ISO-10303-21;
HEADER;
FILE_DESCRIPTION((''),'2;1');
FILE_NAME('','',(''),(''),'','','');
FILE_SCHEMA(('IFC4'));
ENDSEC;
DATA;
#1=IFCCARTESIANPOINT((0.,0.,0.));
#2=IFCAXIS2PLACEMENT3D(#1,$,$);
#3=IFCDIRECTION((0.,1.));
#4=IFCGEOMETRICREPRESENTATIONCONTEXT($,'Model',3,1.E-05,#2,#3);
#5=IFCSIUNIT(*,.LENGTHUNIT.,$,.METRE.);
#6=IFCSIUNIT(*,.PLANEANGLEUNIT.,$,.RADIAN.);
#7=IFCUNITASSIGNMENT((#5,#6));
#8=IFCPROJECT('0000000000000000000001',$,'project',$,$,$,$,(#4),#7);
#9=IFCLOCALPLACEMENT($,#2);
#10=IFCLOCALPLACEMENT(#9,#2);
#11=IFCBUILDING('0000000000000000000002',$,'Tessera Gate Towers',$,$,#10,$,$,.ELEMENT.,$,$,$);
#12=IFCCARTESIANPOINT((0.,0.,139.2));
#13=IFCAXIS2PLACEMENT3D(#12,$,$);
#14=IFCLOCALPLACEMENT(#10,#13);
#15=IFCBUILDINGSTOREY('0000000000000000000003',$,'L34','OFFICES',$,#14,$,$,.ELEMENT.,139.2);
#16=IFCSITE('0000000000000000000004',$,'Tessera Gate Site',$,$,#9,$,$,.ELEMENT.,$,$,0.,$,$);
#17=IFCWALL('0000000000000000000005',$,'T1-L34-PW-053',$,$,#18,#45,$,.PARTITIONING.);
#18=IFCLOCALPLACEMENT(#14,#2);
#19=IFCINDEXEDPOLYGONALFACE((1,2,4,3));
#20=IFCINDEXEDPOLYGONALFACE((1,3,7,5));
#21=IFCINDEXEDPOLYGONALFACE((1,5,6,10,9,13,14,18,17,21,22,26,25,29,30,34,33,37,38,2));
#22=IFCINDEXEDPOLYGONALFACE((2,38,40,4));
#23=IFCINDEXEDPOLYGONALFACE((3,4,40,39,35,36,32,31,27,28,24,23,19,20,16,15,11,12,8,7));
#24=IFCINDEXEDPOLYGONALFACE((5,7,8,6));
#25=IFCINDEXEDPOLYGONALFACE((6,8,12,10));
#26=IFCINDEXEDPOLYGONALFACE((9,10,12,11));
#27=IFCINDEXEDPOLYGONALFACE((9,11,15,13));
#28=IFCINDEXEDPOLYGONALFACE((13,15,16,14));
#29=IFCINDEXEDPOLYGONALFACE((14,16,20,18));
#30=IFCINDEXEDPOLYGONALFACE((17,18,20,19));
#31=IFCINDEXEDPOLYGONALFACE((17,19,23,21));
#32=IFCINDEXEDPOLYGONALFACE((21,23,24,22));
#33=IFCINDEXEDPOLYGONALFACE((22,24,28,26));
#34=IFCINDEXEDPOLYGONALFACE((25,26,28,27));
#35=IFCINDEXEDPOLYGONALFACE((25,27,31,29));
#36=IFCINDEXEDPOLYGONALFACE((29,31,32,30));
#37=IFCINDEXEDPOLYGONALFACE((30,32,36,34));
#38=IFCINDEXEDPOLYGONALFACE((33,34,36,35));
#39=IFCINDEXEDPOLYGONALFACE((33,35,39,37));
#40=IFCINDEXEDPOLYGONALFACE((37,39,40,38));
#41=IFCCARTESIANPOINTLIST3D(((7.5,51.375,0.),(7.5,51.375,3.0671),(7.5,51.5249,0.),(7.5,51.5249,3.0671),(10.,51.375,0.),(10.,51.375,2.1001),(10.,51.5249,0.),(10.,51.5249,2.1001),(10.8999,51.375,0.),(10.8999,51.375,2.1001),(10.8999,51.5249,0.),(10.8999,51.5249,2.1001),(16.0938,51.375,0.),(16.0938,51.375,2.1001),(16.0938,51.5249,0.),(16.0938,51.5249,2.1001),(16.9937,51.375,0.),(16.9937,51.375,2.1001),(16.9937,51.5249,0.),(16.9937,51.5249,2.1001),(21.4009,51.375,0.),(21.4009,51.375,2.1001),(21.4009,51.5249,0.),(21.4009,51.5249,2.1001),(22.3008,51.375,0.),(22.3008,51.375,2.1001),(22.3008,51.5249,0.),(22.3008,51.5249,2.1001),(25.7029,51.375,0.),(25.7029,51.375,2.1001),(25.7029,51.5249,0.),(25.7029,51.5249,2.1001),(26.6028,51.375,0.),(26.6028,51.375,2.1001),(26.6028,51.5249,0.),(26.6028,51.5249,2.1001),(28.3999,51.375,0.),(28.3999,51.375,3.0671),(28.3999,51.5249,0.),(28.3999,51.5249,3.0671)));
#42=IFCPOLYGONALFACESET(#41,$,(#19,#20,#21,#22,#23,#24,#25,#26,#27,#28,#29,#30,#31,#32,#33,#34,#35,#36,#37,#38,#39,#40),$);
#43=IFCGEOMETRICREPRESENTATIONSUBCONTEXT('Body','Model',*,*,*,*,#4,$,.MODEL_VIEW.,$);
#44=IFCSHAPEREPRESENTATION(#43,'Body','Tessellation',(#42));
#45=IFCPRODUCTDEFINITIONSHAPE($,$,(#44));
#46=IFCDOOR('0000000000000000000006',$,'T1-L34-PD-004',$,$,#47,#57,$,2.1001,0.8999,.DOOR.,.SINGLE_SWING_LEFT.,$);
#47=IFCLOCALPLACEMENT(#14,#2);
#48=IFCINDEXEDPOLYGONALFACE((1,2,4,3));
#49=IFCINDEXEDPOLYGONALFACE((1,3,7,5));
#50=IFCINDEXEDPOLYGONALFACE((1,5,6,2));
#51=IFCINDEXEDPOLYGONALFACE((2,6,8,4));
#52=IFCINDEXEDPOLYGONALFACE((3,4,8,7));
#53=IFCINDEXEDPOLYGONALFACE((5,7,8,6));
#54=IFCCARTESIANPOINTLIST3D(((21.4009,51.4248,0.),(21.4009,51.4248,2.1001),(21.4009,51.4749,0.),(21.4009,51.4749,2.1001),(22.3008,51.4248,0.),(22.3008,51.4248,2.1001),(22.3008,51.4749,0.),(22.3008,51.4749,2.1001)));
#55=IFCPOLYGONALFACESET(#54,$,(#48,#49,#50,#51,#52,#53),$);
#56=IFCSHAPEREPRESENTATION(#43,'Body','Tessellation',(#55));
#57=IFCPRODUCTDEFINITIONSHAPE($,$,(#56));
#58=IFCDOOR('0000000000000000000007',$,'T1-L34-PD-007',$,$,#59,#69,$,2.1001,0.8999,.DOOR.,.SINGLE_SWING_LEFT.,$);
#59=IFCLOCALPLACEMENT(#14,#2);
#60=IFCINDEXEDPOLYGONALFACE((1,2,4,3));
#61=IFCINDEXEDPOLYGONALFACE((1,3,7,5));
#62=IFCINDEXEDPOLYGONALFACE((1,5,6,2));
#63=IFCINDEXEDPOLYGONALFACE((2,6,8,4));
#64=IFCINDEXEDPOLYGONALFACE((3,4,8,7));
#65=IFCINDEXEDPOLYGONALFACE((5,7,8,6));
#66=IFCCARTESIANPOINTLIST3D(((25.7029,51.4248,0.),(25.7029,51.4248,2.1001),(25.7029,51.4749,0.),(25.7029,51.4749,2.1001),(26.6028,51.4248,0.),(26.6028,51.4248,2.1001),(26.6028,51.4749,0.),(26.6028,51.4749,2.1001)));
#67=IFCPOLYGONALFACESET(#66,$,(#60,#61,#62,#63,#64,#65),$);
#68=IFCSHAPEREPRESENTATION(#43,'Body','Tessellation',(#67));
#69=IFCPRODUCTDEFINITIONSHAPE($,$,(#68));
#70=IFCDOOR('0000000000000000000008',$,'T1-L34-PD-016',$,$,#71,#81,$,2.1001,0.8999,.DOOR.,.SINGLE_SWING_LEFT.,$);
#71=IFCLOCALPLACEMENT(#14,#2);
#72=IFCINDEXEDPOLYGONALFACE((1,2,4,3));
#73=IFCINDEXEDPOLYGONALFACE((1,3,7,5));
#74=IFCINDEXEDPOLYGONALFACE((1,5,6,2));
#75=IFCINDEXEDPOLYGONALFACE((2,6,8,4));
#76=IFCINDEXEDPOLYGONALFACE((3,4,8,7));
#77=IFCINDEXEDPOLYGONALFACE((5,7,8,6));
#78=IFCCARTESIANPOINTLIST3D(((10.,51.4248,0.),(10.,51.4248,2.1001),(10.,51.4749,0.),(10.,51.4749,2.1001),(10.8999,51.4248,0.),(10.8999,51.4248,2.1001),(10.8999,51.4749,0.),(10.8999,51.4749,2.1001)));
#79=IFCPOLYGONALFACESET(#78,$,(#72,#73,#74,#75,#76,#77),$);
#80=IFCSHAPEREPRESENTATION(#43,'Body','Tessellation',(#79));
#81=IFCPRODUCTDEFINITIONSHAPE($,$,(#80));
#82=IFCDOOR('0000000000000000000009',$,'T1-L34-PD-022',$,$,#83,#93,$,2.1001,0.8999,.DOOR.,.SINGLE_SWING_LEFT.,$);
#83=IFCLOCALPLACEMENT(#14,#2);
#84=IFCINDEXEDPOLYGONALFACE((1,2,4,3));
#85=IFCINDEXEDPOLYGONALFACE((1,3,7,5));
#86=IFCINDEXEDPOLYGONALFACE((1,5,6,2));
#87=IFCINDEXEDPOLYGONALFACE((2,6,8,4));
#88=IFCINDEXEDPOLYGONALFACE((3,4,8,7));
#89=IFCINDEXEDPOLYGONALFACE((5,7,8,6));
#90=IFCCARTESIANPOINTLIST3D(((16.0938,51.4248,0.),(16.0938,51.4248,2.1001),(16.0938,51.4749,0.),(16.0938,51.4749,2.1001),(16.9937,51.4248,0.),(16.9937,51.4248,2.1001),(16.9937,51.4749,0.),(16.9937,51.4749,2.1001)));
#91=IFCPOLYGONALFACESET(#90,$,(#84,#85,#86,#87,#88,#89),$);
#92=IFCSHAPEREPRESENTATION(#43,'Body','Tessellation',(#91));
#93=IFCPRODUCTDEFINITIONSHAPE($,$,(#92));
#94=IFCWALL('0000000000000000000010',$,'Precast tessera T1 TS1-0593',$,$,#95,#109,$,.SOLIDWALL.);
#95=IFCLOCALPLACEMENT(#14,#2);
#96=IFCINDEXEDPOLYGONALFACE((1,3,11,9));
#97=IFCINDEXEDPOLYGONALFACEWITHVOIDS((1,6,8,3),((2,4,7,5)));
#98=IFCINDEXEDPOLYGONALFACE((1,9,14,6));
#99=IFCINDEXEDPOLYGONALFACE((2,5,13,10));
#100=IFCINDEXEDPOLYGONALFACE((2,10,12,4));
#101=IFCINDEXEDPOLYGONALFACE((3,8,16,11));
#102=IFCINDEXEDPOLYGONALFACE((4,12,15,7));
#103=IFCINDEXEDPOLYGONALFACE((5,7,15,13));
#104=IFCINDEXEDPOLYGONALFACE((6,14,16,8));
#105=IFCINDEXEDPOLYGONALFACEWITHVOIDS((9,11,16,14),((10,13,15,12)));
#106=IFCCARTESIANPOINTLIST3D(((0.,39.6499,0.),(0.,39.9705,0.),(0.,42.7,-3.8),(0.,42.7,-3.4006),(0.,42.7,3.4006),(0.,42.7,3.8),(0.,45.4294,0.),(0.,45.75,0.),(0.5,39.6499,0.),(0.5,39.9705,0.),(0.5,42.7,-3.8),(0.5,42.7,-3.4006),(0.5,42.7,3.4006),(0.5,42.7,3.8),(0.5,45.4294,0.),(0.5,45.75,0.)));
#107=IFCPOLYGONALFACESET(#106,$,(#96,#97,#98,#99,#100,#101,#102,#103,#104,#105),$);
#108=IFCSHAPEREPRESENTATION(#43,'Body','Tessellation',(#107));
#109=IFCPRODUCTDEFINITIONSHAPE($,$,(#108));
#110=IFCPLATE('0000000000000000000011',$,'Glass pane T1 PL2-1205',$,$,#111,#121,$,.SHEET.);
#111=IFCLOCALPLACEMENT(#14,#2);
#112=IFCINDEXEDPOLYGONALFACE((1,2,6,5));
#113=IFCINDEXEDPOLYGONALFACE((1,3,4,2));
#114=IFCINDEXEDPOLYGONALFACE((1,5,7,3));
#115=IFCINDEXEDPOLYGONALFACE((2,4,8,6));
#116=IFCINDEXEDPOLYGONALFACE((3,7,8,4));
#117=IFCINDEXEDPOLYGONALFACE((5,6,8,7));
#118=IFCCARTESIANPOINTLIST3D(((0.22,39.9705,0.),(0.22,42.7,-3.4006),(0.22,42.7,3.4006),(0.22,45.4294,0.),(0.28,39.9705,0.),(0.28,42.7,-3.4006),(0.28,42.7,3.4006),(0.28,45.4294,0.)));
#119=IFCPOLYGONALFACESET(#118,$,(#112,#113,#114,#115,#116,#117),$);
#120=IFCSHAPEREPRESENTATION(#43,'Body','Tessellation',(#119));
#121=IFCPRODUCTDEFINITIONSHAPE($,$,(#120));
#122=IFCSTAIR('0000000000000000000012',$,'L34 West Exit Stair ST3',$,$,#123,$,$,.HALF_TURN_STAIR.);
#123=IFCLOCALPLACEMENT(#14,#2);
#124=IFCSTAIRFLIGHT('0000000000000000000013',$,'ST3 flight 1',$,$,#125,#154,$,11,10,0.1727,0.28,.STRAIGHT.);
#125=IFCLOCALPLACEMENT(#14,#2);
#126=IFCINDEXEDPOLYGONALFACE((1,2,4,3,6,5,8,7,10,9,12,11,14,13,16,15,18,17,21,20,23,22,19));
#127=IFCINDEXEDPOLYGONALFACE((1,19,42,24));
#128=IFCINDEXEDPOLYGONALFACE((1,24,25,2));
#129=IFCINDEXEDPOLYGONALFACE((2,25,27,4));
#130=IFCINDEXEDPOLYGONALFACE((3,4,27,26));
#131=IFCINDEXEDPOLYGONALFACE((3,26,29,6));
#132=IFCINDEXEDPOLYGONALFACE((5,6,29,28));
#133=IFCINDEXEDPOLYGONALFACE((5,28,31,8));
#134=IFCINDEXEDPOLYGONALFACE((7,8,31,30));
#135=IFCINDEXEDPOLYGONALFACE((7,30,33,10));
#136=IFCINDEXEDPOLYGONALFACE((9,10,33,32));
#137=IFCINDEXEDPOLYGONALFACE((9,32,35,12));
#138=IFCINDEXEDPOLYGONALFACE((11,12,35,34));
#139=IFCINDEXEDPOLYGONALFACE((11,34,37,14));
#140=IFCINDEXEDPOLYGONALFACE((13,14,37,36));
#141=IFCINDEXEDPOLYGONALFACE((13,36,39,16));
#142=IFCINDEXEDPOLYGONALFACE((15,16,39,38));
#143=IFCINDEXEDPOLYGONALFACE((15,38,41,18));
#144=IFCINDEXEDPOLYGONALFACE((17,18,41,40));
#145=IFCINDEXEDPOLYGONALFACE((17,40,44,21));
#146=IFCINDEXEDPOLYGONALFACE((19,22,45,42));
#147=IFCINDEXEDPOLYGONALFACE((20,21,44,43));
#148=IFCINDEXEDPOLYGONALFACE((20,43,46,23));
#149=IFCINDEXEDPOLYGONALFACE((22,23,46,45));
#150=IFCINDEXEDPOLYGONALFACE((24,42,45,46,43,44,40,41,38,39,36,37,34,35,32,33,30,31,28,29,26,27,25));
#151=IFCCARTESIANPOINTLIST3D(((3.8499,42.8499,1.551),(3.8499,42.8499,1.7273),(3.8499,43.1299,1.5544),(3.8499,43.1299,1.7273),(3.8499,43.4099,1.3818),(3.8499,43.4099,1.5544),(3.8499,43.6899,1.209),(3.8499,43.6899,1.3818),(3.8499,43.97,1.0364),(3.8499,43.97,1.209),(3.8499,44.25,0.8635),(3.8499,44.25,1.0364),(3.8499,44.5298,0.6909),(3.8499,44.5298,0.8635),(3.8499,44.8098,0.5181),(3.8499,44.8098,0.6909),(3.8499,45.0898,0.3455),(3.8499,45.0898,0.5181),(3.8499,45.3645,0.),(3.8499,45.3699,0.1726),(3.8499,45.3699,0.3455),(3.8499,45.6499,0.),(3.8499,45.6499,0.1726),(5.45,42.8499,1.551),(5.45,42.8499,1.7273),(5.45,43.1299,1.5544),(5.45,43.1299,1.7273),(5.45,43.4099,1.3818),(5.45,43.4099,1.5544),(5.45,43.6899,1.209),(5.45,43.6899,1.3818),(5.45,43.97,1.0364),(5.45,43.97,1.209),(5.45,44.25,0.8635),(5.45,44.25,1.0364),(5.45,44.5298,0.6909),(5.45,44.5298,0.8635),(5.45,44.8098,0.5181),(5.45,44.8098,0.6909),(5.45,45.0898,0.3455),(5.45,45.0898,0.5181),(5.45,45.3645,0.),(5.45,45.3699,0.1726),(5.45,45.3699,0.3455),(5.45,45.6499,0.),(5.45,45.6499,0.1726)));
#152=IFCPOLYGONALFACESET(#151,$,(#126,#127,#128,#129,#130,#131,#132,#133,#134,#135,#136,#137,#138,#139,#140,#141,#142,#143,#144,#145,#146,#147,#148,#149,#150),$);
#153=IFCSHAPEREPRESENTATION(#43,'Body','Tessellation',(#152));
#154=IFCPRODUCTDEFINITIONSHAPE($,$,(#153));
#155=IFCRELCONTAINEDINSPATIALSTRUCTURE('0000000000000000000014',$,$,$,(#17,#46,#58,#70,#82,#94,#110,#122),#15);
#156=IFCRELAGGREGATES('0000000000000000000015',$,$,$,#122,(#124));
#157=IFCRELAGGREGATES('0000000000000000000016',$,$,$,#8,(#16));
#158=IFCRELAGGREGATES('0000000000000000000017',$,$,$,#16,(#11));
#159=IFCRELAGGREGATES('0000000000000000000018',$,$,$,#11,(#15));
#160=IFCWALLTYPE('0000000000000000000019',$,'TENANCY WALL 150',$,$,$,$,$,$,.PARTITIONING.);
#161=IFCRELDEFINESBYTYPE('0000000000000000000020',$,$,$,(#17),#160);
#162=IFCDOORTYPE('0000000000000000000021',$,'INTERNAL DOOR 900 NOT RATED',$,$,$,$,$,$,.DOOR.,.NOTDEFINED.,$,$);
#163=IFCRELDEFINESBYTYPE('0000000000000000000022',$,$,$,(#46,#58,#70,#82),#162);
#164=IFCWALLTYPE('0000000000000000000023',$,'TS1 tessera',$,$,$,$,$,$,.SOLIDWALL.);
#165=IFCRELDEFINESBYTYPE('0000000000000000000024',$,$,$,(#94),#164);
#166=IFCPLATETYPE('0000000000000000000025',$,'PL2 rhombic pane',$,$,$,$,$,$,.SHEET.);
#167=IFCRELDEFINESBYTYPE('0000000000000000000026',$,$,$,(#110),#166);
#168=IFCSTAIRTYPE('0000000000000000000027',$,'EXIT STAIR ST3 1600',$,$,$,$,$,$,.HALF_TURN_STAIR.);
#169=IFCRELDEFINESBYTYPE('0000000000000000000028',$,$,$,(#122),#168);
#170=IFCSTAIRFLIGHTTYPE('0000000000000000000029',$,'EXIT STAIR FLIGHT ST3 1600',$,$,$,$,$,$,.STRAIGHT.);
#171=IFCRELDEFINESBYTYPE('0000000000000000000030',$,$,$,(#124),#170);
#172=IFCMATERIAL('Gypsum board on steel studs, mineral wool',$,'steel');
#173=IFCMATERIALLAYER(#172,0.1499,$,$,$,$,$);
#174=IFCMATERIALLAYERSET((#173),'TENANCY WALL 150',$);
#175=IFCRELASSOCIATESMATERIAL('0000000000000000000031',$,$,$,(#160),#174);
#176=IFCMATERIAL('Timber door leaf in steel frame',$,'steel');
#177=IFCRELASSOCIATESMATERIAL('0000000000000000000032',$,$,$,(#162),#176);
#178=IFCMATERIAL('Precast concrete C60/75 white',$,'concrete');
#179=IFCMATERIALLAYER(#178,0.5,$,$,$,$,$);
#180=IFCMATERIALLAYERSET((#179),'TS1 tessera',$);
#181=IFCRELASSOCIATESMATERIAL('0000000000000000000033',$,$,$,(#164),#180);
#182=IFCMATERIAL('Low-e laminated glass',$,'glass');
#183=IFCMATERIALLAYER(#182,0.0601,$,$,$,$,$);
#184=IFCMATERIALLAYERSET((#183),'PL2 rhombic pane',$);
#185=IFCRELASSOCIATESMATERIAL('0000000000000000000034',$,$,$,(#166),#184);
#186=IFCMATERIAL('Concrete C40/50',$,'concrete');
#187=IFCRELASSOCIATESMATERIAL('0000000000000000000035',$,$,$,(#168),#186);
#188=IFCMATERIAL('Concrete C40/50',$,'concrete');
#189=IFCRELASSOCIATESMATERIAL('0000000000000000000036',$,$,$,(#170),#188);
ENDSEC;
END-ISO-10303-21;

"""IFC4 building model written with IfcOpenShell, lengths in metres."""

from ifc_helpers import new_model, si_unit, direction, frame, frame_2d, origin, place, context, subcontext, project, spatial, polyline, rectangle, outline, extrude, source, transform, mapped, material, layer, layer_set, type_object, element, fill, aggregate, save


model = new_model("IFC4")

# Units and contexts
model_context = context("Model", 3, precision=1e-05, world=origin(), true_north=direction((0.0, 1.0)))
body_context = subcontext(model_context, "Body", "Model", "MODEL_VIEW")
ifc_project = project(units=[si_unit("LENGTHUNIT", "METRE"), si_unit("PLANEANGLEUNIT", "RADIAN")], contexts=[model_context])

# Site, building, storey
site_placement = place(None, origin())
site = spatial("IfcSite", under=ifc_project, at=site_placement, Name="Tessera Gate Site", CompositionType="ELEMENT", RefElevation=0.0)
building_placement = place(site_placement, origin())
building = spatial("IfcBuilding", under=site, at=building_placement, Name="Tessera Gate Towers", CompositionType="ELEMENT")
storey_placement = place(building_placement, frame((0.0, 0.0, 139.2)))
storey = spatial("IfcBuildingStorey", under=building, at=storey_placement, Name="L34", Description="OFFICES", CompositionType="ELEMENT", Elevation=139.2)

# Wall, openings, doors
ifc_material_1 = material(Name="Gypsum board on steel studs, mineral wool", Category="steel")
ifc_layer_1 = layer(ifc_material_1, 0.1499)
ifc_layer_set_1 = layer_set([ifc_layer_1], Name="TENANCY WALL 150")
wall_type_1 = type_object("IfcWallType", Name="TENANCY WALL 150", PredefinedType="PARTITIONING", material=ifc_layer_set_1)
wall_1_placement = place(storey_placement, frame((7.5, 51.45, 0.0), z_axis=(0.0, 0.0, 1.0), x_axis=(1.0, 0.0, 0.0)))
wall_1 = element("IfcWall", 1, at=wall_1_placement, inside=storey, type_object=wall_type_1, Name="T1-L34-PW-053", PredefinedType="PARTITIONING", context=body_context, shape_type="SweptSolid", body=[
    extrude(rectangle(XDim=20.8999, YDim=0.1499, at=frame_2d((10.45, 0.0))), origin(), (0.0, 0.0, 1.0), 3.0671),
])
shared_shape_1 = source(origin(), body_context, "Body", "SweptSolid", [
    extrude(rectangle(XDim=0.8999, YDim=2.1001, at=frame_2d((0.45, 1.05))), frame((0.0, 0.085, 0.0), z_axis=(0.0, -1.0, 0.0), x_axis=(1.0, 0.0, 0.0)), (0.0, 0.0, 1.0), 0.1699),
])
opening_1_placement = place(wall_1_placement, frame((13.9009, 0.0, 0.0)))
opening_1 = element("IfcOpeningElement", 2, at=opening_1_placement, cuts=wall_1, PredefinedType="OPENING", context=body_context, shape_type="MappedRepresentation", body=[
    mapped(shared_shape_1, transform((0.0, 0.0, 0.0), scale=1.0)),
])
opening_2_placement = place(wall_1_placement, frame((18.2029, 0.0, 0.0)))
opening_2 = element("IfcOpeningElement", 3, at=opening_2_placement, cuts=wall_1, PredefinedType="OPENING", context=body_context, shape_type="MappedRepresentation", body=[
    mapped(shared_shape_1, transform((0.0, 0.0, 0.0), scale=1.0)),
])
opening_3_placement = place(wall_1_placement, frame((2.5, 0.0, 0.0)))
opening_3 = element("IfcOpeningElement", 4, at=opening_3_placement, cuts=wall_1, PredefinedType="OPENING", context=body_context, shape_type="MappedRepresentation", body=[
    mapped(shared_shape_1, transform((0.0, 0.0, 0.0), scale=1.0)),
])
opening_4_placement = place(wall_1_placement, frame((8.5938, 0.0, 0.0)))
opening_4 = element("IfcOpeningElement", 5, at=opening_4_placement, cuts=wall_1, PredefinedType="OPENING", context=body_context, shape_type="MappedRepresentation", body=[
    mapped(shared_shape_1, transform((0.0, 0.0, 0.0), scale=1.0)),
])
ifc_material_2 = material(Name="Timber door leaf in steel frame", Category="steel")
door_type_1 = type_object("IfcDoorType", Name="INTERNAL DOOR 900 NOT RATED", OperationType="NOTDEFINED", PredefinedType="DOOR", material=ifc_material_2)
shared_shape_2 = source(origin(), body_context, "Body", "SweptSolid", [
    extrude(rectangle(XDim=0.8999, YDim=2.1001, at=frame_2d((0.45, 1.05))), frame((0.0, 0.0249, 0.0), z_axis=(0.0, -1.0, 0.0), x_axis=(1.0, 0.0, 0.0)), (0.0, 0.0, 1.0), 0.05),
])
door_1_placement = place(opening_1_placement, origin())
door_1 = element("IfcDoor", 6, at=door_1_placement, inside=storey, type_object=door_type_1, Name="T1-L34-PD-004", OperationType="SINGLE_SWING_LEFT", OverallHeight=2.1001, OverallWidth=0.8999, PredefinedType="DOOR", context=body_context, shape_type="MappedRepresentation", body=[
    mapped(shared_shape_2, transform((0.0, 0.0, 0.0), scale=1.0)),
])
fill(opening_1, door_1)
door_2_placement = place(opening_2_placement, origin())
door_2 = element("IfcDoor", 7, at=door_2_placement, inside=storey, type_object=door_type_1, Name="T1-L34-PD-007", OperationType="SINGLE_SWING_LEFT", OverallHeight=2.1001, OverallWidth=0.8999, PredefinedType="DOOR", context=body_context, shape_type="MappedRepresentation", body=[
    mapped(shared_shape_2, transform((0.0, 0.0, 0.0), scale=1.0)),
])
fill(opening_2, door_2)
door_3_placement = place(opening_3_placement, origin())
door_3 = element("IfcDoor", 8, at=door_3_placement, inside=storey, type_object=door_type_1, Name="T1-L34-PD-016", OperationType="SINGLE_SWING_LEFT", OverallHeight=2.1001, OverallWidth=0.8999, PredefinedType="DOOR", context=body_context, shape_type="MappedRepresentation", body=[
    mapped(shared_shape_2, transform((0.0, 0.0, 0.0), scale=1.0)),
])
fill(opening_3, door_3)
door_4_placement = place(opening_4_placement, origin())
door_4 = element("IfcDoor", 9, at=door_4_placement, inside=storey, type_object=door_type_1, Name="T1-L34-PD-022", OperationType="SINGLE_SWING_LEFT", OverallHeight=2.1001, OverallWidth=0.8999, PredefinedType="DOOR", context=body_context, shape_type="MappedRepresentation", body=[
    mapped(shared_shape_2, transform((0.0, 0.0, 0.0), scale=1.0)),
])
fill(opening_4, door_4)

# Wall, opening, plate
ifc_material_3 = material(Name="Precast concrete C60/75 white", Category="concrete")
ifc_layer_2 = layer(ifc_material_3, 0.5)
ifc_layer_set_2 = layer_set([ifc_layer_2], Name="TS1 tessera")
wall_type_2 = type_object("IfcWallType", Name="TS1 tessera", PredefinedType="SOLIDWALL", material=ifc_layer_set_2)
shared_shape_3 = source(origin(), body_context, "Body", "SweptSolid", [
    extrude(outline(polyline([(3.05, 0.0), (6.1001, 3.8), (3.05, 7.6001), (0.0, 3.8), (3.05, 0.0)])), frame((0.0, 0.25, 0.0), z_axis=(0.0, -1.0, 0.0), x_axis=(1.0, 0.0, 0.0)), (0.0, 0.0, 1.0), 0.5),
])
wall_2_placement = place(storey_placement, frame((0.25, 45.75, -3.8), z_axis=(0.0, 0.0, 1.0), x_axis=(0.0, -1.0, 0.0)))
wall_2 = element("IfcWall", 10, at=wall_2_placement, inside=storey, type_object=wall_type_2, Name="Precast tessera T1 TS1-0593", PredefinedType="SOLIDWALL", context=body_context, shape_type="MappedRepresentation", body=[
    mapped(shared_shape_3, transform((0.0, 0.0, 0.0), scale=1.0)),
])
shared_shape_4 = source(origin(), body_context, "Body", "SweptSolid", [
    extrude(outline(polyline([(3.05, 0.3994), (5.7795, 3.8), (3.05, 7.2007), (0.3206, 3.8), (3.05, 0.3994)])), frame((0.0, 0.26, 0.0), z_axis=(0.0, -1.0, 0.0), x_axis=(1.0, 0.0, 0.0)), (0.0, 0.0, 1.0), 0.52),
])
opening_5_placement = place(wall_2_placement, origin())
opening_5 = element("IfcOpeningElement", 11, at=opening_5_placement, cuts=wall_2, PredefinedType="OPENING", context=body_context, shape_type="MappedRepresentation", body=[
    mapped(shared_shape_4, transform((0.0, 0.0, 0.0), scale=1.0)),
])
ifc_material_4 = material(Name="Low-e laminated glass", Category="glass")
ifc_layer_3 = layer(ifc_material_4, 0.0601)
ifc_layer_set_3 = layer_set([ifc_layer_3], Name="PL2 rhombic pane")
plate_type = type_object("IfcPlateType", Name="PL2 rhombic pane", PredefinedType="SHEET", material=ifc_layer_set_3)
shared_shape_5 = source(origin(), body_context, "Body", "SweptSolid", [
    extrude(outline(polyline([(3.05, 0.3994), (5.7795, 3.8), (3.05, 7.2007), (0.3206, 3.8), (3.05, 0.3994)])), frame((0.0, 0.03, 0.0), z_axis=(0.0, -1.0, 0.0), x_axis=(1.0, 0.0, 0.0)), (0.0, 0.0, 1.0), 0.0601),
])
plate_placement = place(opening_5_placement, origin())
plate = element("IfcPlate", 12, at=plate_placement, inside=storey, type_object=plate_type, Name="Glass pane T1 PL2-1205", PredefinedType="SHEET", context=body_context, shape_type="MappedRepresentation", body=[
    mapped(shared_shape_5, transform((0.0, 0.0, 0.0), scale=1.0)),
])
fill(opening_5, plate)

# Stair, stair flight
ifc_material_5 = material(Name="Concrete C40/50", Category="concrete")
stair_type = type_object("IfcStairType", Name="EXIT STAIR ST3 1600", PredefinedType="HALF_TURN_STAIR", material=ifc_material_5)
stair_placement = place(storey_placement, origin())
stair = element("IfcStair", 13, at=stair_placement, inside=storey, type_object=stair_type, Name="L34 West Exit Stair ST3", PredefinedType="HALF_TURN_STAIR")
ifc_material_6 = material(Name="Concrete C40/50", Category="concrete")
stair_flight_type = type_object("IfcStairFlightType", Name="EXIT STAIR FLIGHT ST3 1600", PredefinedType="STRAIGHT", material=ifc_material_6)
stair_flight_placement = place(storey_placement, frame((4.6499, 45.6499, 0.0), z_axis=(0.0, 0.0, 1.0), x_axis=(0.0, -1.0, 0.0)))
stair_flight = element("IfcStairFlight", 14, at=stair_flight_placement, type_object=stair_flight_type, Name="ST3 flight 1", NumberOfRisers=11, NumberOfTreads=10, PredefinedType="STRAIGHT", RiserHeight=0.1727, TreadLength=0.28, context=body_context, shape_type="SweptSolid", body=[
    extrude(outline(polyline([(0.0, 0.0), (0.0, 0.1726), (0.28, 0.1726), (0.28, 0.3455), (0.5601, 0.3455), (0.5601, 0.5181), (0.8401, 0.5181), (0.8401, 0.6909), (1.1201, 0.6909), (1.1201, 0.8635), (1.3999, 0.8635), (1.3999, 1.0364), (1.6799, 1.0364), (1.6799, 1.209), (1.96, 1.209), (1.96, 1.3818), (2.24, 1.3818), (2.24, 1.5544), (2.52, 1.5544), (2.52, 1.7273), (2.8, 1.7273), (2.8, 1.8999), (2.8, 1.551), (0.2854, 0.0), (0.0, 0.0)])), frame((0.0, 0.8, 0.0), z_axis=(0.0, -1.0, 0.0), x_axis=(1.0, 0.0, 0.0)), (0.0, 0.0, 1.0), 1.6001),
])
aggregate(stair, [stair_flight])

save(model, "model.ifc")
